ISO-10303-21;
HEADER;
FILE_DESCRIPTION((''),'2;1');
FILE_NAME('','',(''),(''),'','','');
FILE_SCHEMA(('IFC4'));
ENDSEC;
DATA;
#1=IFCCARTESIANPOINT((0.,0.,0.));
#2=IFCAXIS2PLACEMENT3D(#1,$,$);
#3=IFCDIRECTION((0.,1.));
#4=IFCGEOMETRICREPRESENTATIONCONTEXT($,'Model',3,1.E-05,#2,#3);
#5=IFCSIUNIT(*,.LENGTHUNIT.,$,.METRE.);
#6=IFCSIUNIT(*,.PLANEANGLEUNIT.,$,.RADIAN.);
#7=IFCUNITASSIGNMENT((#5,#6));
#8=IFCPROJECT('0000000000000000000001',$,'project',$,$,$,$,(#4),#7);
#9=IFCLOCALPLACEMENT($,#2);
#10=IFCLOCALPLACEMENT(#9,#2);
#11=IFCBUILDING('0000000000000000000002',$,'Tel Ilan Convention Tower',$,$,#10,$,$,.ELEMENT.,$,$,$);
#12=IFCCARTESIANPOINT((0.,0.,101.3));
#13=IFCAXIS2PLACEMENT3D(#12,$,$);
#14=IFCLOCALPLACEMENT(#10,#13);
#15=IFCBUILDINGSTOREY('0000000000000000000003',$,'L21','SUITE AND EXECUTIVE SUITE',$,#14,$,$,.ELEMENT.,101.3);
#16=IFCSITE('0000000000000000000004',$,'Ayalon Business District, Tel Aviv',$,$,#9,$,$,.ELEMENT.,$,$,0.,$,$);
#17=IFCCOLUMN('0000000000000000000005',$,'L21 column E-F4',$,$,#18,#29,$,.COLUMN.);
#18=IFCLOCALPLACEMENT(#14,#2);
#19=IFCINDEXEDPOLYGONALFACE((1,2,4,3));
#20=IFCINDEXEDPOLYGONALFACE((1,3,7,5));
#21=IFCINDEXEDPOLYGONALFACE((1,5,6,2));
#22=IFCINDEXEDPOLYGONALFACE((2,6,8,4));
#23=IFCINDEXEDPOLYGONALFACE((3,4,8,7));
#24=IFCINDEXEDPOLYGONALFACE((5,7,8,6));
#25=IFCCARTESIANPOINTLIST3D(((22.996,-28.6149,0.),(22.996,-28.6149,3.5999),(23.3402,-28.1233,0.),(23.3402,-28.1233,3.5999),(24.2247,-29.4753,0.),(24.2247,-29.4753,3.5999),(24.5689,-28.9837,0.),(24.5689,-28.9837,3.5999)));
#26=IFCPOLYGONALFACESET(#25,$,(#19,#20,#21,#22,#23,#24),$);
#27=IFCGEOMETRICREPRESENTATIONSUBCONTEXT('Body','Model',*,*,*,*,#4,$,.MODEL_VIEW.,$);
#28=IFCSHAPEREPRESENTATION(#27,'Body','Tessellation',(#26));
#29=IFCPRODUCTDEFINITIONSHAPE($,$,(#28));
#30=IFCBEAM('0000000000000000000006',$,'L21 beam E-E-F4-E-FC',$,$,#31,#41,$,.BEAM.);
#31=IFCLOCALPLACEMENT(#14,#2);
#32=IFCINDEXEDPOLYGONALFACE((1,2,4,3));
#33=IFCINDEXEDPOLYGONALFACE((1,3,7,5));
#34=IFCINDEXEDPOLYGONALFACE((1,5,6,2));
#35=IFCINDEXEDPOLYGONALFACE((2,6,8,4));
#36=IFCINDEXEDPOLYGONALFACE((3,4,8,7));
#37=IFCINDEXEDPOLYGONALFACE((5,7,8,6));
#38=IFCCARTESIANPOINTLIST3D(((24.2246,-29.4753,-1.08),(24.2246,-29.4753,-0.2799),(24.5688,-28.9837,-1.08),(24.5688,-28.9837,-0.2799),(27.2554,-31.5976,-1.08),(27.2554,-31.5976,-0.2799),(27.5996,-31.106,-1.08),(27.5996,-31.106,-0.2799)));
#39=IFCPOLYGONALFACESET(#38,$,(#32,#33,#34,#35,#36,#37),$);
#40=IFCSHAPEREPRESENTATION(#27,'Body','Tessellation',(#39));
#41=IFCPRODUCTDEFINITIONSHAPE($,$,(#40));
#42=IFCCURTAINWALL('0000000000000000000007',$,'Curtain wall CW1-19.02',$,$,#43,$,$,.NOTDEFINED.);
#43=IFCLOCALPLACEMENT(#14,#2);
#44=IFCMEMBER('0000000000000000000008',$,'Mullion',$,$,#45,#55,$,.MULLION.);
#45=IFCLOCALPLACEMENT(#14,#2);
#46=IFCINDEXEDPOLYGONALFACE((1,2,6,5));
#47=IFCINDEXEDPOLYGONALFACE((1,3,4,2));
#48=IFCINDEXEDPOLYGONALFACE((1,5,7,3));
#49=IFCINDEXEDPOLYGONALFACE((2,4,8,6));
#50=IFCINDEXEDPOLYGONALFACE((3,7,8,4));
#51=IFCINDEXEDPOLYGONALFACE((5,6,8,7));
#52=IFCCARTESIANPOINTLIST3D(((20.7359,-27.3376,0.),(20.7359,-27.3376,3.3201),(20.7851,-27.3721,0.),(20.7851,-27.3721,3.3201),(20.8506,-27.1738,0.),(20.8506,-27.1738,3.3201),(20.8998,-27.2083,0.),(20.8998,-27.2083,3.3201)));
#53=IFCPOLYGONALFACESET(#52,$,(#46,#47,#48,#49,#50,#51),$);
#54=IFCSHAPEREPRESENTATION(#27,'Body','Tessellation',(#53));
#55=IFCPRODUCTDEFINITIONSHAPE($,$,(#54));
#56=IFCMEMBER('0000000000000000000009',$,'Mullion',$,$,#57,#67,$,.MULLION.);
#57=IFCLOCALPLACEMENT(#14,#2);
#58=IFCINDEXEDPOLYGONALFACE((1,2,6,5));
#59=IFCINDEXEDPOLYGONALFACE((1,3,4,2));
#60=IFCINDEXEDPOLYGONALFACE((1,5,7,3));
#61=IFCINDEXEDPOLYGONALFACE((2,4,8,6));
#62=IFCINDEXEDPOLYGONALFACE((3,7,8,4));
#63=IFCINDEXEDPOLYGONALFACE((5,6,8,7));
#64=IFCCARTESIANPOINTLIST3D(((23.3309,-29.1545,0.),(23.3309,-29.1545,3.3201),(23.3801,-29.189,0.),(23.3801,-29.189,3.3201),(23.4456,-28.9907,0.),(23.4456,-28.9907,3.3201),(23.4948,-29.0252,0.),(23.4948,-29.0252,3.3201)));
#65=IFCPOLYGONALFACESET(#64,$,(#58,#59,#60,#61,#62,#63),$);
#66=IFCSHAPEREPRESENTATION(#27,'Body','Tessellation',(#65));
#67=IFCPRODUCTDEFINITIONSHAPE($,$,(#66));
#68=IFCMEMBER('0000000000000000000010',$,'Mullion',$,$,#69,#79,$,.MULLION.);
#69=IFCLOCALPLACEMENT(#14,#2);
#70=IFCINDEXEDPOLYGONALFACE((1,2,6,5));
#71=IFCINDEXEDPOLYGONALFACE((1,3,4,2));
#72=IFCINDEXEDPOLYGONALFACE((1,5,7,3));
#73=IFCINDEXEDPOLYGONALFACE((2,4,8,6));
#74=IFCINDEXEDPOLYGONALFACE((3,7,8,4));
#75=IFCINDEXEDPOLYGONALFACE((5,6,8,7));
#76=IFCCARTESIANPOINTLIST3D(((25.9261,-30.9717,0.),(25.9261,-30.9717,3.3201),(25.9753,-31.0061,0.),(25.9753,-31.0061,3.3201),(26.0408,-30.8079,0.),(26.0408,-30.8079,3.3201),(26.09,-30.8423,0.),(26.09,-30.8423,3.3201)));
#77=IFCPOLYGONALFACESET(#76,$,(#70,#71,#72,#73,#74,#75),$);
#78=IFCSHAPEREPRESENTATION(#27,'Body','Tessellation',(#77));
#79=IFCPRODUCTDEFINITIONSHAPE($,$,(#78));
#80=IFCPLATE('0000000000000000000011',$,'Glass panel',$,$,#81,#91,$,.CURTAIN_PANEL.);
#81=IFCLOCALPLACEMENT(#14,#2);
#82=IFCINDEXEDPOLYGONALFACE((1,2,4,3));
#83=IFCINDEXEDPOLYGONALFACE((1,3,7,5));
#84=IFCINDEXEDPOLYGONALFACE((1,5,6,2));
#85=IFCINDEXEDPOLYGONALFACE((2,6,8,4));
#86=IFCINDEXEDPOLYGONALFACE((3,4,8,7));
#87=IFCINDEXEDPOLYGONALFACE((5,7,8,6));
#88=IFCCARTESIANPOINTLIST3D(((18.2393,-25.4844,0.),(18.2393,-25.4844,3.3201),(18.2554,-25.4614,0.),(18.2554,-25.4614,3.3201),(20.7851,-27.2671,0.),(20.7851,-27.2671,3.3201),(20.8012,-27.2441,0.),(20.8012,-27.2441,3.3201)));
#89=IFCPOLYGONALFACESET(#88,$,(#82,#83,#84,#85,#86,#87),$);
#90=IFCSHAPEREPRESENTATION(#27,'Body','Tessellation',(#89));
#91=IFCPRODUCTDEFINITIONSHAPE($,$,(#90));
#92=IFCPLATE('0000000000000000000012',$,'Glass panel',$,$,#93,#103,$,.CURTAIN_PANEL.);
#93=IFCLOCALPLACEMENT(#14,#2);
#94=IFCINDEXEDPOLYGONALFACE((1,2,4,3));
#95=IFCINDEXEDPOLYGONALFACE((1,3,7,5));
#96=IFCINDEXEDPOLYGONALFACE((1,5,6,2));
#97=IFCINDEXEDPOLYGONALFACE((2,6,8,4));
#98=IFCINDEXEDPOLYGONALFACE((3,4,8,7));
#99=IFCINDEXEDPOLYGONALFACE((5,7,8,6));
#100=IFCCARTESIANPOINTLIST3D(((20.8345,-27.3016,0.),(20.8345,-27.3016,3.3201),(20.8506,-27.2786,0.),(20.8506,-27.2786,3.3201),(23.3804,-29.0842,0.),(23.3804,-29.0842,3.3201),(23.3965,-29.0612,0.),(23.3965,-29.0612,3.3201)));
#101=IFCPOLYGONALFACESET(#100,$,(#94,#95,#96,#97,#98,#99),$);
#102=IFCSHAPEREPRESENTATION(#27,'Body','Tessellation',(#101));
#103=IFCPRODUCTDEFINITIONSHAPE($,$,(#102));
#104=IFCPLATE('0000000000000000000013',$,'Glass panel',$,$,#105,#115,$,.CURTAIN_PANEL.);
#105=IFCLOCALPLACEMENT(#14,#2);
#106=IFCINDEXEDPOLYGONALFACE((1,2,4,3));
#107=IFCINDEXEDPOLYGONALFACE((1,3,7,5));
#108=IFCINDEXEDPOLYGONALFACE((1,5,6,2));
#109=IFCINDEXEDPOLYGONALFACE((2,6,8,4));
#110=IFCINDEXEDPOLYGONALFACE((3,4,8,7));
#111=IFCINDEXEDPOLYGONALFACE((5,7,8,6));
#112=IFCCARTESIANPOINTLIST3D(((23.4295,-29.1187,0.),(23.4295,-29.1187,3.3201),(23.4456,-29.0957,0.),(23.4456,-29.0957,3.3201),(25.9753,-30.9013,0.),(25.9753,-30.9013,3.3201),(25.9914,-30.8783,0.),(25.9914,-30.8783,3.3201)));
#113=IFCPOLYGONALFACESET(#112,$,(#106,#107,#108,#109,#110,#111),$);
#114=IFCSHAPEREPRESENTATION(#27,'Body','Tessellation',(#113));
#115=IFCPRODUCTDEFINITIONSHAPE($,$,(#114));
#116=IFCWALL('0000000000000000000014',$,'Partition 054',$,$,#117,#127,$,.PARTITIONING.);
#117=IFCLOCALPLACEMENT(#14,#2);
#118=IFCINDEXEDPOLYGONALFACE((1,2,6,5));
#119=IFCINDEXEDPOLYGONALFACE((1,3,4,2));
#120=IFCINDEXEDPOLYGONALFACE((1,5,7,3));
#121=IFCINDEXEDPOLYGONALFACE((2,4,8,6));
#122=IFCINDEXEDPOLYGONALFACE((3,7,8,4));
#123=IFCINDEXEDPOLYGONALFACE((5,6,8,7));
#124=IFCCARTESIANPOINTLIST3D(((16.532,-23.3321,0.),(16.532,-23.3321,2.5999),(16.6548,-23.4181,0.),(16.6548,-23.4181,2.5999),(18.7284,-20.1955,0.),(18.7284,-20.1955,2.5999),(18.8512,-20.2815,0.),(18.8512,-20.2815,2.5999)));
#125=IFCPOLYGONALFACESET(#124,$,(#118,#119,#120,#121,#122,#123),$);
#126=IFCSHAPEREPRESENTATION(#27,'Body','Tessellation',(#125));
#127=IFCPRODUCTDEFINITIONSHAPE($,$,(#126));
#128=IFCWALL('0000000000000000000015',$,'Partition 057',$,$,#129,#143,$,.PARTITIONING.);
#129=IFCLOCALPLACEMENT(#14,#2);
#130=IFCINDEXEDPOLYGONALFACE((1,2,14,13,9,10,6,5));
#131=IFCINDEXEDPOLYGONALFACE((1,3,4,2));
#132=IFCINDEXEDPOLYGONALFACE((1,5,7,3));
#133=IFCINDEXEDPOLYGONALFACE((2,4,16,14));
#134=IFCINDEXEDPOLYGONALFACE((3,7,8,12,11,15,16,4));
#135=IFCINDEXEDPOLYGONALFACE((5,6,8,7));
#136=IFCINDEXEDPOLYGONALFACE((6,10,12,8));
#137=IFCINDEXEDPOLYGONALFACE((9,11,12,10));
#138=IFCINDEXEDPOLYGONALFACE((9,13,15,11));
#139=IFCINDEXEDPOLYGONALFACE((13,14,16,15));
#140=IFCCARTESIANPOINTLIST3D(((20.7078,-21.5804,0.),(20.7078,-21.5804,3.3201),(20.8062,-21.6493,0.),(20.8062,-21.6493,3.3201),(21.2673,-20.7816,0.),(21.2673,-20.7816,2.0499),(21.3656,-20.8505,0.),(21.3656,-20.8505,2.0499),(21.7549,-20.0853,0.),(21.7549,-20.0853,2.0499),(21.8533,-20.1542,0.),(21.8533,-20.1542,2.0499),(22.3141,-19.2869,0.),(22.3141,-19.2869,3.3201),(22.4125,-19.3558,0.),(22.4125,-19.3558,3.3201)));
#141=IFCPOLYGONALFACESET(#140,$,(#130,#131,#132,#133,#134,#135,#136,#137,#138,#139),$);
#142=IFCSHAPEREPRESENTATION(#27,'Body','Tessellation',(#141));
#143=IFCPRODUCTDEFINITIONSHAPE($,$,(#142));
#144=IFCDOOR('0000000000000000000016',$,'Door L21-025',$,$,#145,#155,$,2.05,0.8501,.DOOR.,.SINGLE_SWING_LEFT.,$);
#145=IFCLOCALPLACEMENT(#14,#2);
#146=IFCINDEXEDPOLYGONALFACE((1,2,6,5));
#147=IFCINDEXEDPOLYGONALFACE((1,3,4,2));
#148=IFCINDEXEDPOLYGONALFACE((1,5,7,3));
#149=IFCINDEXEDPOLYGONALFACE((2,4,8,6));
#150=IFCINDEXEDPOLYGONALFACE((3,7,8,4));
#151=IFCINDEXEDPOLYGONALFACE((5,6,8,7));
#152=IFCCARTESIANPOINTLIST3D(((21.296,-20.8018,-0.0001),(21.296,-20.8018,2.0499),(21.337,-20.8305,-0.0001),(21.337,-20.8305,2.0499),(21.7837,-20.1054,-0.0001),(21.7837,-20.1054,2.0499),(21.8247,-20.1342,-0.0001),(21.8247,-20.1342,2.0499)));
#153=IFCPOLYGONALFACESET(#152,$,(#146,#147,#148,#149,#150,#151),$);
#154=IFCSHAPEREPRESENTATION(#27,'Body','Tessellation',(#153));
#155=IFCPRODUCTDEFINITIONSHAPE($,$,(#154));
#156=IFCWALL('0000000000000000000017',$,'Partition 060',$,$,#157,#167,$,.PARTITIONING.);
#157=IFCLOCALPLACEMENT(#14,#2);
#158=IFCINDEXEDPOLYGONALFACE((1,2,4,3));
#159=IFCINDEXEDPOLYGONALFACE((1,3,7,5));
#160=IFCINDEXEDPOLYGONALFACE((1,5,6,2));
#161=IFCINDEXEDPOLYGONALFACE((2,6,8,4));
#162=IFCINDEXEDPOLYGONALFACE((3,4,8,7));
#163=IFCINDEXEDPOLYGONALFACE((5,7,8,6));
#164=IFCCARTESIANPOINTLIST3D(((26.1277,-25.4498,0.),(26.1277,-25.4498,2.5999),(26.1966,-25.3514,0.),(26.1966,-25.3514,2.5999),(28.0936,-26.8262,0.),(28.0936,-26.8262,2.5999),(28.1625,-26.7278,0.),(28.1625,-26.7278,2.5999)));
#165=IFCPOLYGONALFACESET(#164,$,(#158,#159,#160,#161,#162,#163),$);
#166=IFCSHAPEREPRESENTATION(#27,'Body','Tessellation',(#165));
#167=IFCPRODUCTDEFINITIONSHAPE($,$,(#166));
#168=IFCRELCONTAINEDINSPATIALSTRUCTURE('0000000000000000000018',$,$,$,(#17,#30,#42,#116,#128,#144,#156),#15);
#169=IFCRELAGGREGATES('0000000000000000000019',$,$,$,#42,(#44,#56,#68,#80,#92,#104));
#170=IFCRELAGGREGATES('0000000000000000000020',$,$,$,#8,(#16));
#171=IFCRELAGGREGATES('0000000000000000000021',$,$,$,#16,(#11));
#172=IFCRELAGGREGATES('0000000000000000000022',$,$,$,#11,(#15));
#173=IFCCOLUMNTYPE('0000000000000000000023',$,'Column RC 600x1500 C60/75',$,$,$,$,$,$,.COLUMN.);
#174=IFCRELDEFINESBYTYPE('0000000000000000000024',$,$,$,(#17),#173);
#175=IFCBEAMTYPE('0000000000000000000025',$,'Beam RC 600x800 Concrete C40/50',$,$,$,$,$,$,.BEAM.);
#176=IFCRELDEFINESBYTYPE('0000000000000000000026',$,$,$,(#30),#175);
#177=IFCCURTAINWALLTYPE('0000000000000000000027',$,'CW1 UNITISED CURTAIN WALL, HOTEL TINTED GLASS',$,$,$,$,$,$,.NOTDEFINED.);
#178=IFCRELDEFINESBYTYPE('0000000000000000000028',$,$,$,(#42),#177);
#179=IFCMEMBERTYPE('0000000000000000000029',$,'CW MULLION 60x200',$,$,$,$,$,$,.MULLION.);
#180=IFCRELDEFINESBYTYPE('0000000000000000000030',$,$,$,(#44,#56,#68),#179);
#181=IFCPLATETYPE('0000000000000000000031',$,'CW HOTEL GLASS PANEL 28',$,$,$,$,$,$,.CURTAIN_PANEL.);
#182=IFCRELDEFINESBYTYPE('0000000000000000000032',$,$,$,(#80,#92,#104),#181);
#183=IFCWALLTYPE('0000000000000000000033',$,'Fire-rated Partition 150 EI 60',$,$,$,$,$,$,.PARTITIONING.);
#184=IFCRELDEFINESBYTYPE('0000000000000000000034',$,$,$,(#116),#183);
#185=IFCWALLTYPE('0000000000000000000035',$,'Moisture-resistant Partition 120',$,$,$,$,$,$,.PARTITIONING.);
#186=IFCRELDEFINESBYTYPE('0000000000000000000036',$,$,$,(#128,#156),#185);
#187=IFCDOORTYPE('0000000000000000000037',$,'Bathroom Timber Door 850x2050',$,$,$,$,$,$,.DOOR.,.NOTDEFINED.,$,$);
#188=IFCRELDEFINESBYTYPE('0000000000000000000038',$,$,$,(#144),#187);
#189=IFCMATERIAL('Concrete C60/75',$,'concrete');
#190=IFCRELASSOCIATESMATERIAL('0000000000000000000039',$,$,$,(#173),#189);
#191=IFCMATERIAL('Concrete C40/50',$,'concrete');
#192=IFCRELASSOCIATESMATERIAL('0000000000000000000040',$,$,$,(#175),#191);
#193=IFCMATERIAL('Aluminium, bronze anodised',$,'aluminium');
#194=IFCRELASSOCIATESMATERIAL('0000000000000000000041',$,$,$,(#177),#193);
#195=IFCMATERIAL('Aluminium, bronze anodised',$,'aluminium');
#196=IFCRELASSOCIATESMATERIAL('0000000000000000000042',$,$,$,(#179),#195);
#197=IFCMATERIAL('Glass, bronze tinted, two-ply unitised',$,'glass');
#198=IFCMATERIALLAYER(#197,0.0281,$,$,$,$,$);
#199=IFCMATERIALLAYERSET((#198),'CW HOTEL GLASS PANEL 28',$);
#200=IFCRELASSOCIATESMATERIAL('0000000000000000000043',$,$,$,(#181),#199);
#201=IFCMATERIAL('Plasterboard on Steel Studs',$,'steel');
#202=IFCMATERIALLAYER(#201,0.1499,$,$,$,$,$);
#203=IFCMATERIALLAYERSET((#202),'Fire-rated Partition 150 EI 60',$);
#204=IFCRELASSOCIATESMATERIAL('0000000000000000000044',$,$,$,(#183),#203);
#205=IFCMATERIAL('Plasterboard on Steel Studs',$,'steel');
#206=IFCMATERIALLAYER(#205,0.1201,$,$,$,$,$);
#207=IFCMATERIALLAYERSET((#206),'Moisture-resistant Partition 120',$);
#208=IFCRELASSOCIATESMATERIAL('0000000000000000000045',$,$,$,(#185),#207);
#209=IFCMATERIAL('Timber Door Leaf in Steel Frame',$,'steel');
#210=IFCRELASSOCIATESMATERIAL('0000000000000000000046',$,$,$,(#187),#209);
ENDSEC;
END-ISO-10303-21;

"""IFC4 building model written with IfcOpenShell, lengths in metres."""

from ifc_helpers import new_model, si_unit, direction, frame, frame_2d, origin, origin_2d, place, context, subcontext, project, spatial, rectangle, extrude, material, layer, layer_set, material_profile, profile_set, type_object, element, fill, aggregate, save


model = new_model("IFC4")

# Units and contexts
model_context = context("Model", 3, precision=1e-05, world=origin(), true_north=direction((0.0, 1.0)))
body_context = subcontext(model_context, "Body", "Model", "MODEL_VIEW")
ifc_project = project(units=[si_unit("LENGTHUNIT", "METRE"), si_unit("PLANEANGLEUNIT", "RADIAN")], contexts=[model_context])

# Site, building, storey
site_placement = place(None, origin())
site = spatial("IfcSite", under=ifc_project, at=site_placement, Name="Ayalon Business District, Tel Aviv", CompositionType="ELEMENT", RefElevation=0.0)
building_placement = place(site_placement, origin())
building = spatial("IfcBuilding", under=site, at=building_placement, Name="Tel Ilan Convention Tower", CompositionType="ELEMENT")
storey_placement = place(building_placement, frame((0.0, 0.0, 101.3)))
storey = spatial("IfcBuildingStorey", under=building, at=storey_placement, Name="L21", Description="SUITE AND EXECUTIVE SUITE", CompositionType="ELEMENT", Elevation=101.3)

# Column
ifc_material_1 = material(Name="Concrete C60/75", Category="concrete")
ifc_material_profile_1 = material_profile(ifc_material_1, rectangle(XDim=1.5, YDim=0.6001, at=origin_2d()), Name="RC 600x1500")
ifc_profile_set_1 = profile_set([ifc_material_profile_1], Name="Concrete C60/75")
column_type = type_object("IfcColumnType", Name="Column RC 600x1500 C60/75", PredefinedType="COLUMN", material=ifc_profile_set_1)
column_placement = place(storey_placement, frame((23.7825, -28.7993, 0.0), z_axis=(0.0, 0.0, 1.0), x_axis=(0.819152, -0.573576, 0.0)))
element("IfcColumn", 1, at=column_placement, inside=storey, type_object=column_type, Name="L21 column E-F4", PredefinedType="COLUMN", context=body_context, shape_type="SweptSolid", body=[
    extrude(rectangle(XDim=1.5, YDim=0.6001, at=origin_2d()), origin(), (0.0, 0.0, 1.0), 3.5999),
])

# Beam
ifc_material_2 = material(Name="Concrete C40/50", Category="concrete")
ifc_material_profile_2 = material_profile(ifc_material_2, rectangle(XDim=0.6001, YDim=0.8, at=origin_2d()), Name="RC 600x800")
ifc_profile_set_2 = profile_set([ifc_material_profile_2], Name="Concrete C40/50")
beam_type = type_object("IfcBeamType", Name="Beam RC 600x800 Concrete C40/50", PredefinedType="BEAM", material=ifc_profile_set_2)
beam_placement = place(storey_placement, frame((24.3967, -29.2295, -0.6799), z_axis=(0.819133, -0.573604, 0.0), x_axis=(0.573604, 0.819133, 0.0)))
element("IfcBeam", 2, at=beam_placement, inside=storey, type_object=beam_type, Name="L21 beam E-E-F4-E-FC", PredefinedType="BEAM", context=body_context, shape_type="SweptSolid", body=[
    extrude(rectangle(XDim=0.6001, YDim=0.8, at=origin_2d()), origin(), (0.0, 0.0, 1.0), 3.7),
])

# Curtain wall, members, plates
ifc_material_3 = material(Name="Aluminium, bronze anodised", Category="aluminium")
curtain_wall_type = type_object("IfcCurtainWallType", Name="CW1 UNITISED CURTAIN WALL, HOTEL TINTED GLASS", PredefinedType="NOTDEFINED", material=ifc_material_3)
curtain_wall_placement = place(storey_placement, origin())
curtain_wall = element("IfcCurtainWall", 3, at=curtain_wall_placement, inside=storey, type_object=curtain_wall_type, Name="Curtain wall CW1-19.02", PredefinedType="NOTDEFINED")
ifc_material_4 = material(Name="Aluminium, bronze anodised", Category="aluminium")
ifc_material_profile_3 = material_profile(ifc_material_4, rectangle(XDim=0.0601, YDim=0.2, at=origin_2d()), Name="CW MULLION 60x200")
ifc_profile_set_3 = profile_set([ifc_material_profile_3], Name="Aluminium, bronze anodised")
member_type = type_object("IfcMemberType", Name="CW MULLION 60x200", PredefinedType="MULLION", material=ifc_profile_set_3)
member_1_placement = place(storey_placement, frame((20.8179, -27.2729, 0.0), z_axis=(0.0, 0.0, 1.0), x_axis=(0.819152, -0.573576, 0.0)))
member_1 = element("IfcMember", 4, at=member_1_placement, type_object=member_type, Name="Mullion", PredefinedType="MULLION", context=body_context, shape_type="SweptSolid", body=[
    extrude(rectangle(XDim=0.0601, YDim=0.2, at=origin_2d()), origin(), (0.0, 0.0, 1.0), 3.3201),
])
member_2_placement = place(storey_placement, frame((23.4128, -29.0898, 0.0), z_axis=(0.0, 0.0, 1.0), x_axis=(0.819152, -0.573576, 0.0)))
member_2 = element("IfcMember", 5, at=member_2_placement, type_object=member_type, Name="Mullion", PredefinedType="MULLION", context=body_context, shape_type="SweptSolid", body=[
    extrude(rectangle(XDim=0.0601, YDim=0.2, at=origin_2d()), origin(), (0.0, 0.0, 1.0), 3.3201),
])
member_3_placement = place(storey_placement, frame((26.0081, -30.907, 0.0), z_axis=(0.0, 0.0, 1.0), x_axis=(0.819152, -0.573576, 0.0)))
member_3 = element("IfcMember", 6, at=member_3_placement, type_object=member_type, Name="Mullion", PredefinedType="MULLION", context=body_context, shape_type="SweptSolid", body=[
    extrude(rectangle(XDim=0.0601, YDim=0.2, at=origin_2d()), origin(), (0.0, 0.0, 1.0), 3.3201),
])
ifc_material_5 = material(Name="Glass, bronze tinted, two-ply unitised", Category="glass")
ifc_layer_1 = layer(ifc_material_5, 0.0281)
ifc_layer_set_1 = layer_set([ifc_layer_1], Name="CW HOTEL GLASS PANEL 28")
plate_type = type_object("IfcPlateType", Name="CW HOTEL GLASS PANEL 28", PredefinedType="CURTAIN_PANEL", material=ifc_layer_set_1)
plate_1_placement = place(storey_placement, frame((19.5203, -26.3643, 0.0), z_axis=(0.0, 0.0, 1.0), x_axis=(0.819152, -0.573576, 0.0)))
plate_1 = element("IfcPlate", 7, at=plate_1_placement, type_object=plate_type, Name="Glass panel", PredefinedType="CURTAIN_PANEL", context=body_context, shape_type="SweptSolid", body=[
    extrude(rectangle(XDim=3.1079, YDim=0.0281, at=origin_2d()), origin(), (0.0, 0.0, 1.0), 3.3201),
])
plate_2_placement = place(storey_placement, frame((22.1155, -28.1814, 0.0), z_axis=(0.0, 0.0, 1.0), x_axis=(0.819152, -0.573576, 0.0)))
plate_2 = element("IfcPlate", 8, at=plate_2_placement, type_object=plate_type, Name="Glass panel", PredefinedType="CURTAIN_PANEL", context=body_context, shape_type="SweptSolid", body=[
    extrude(rectangle(XDim=3.1079, YDim=0.0281, at=origin_2d()), origin(), (0.0, 0.0, 1.0), 3.3201),
])
plate_3_placement = place(storey_placement, frame((24.7104, -29.9985, 0.0), z_axis=(0.0, 0.0, 1.0), x_axis=(0.819152, -0.573576, 0.0)))
plate_3 = element("IfcPlate", 9, at=plate_3_placement, type_object=plate_type, Name="Glass panel", PredefinedType="CURTAIN_PANEL", context=body_context, shape_type="SweptSolid", body=[
    extrude(rectangle(XDim=3.1079, YDim=0.0281, at=origin_2d()), origin(), (0.0, 0.0, 1.0), 3.3201),
])
aggregate(curtain_wall, [member_1, member_2, member_3, plate_1, plate_2, plate_3])

# Wall
ifc_material_6 = material(Name="Plasterboard on Steel Studs", Category="steel")
ifc_layer_2 = layer(ifc_material_6, 0.1499)
ifc_layer_set_2 = layer_set([ifc_layer_2], Name="Fire-rated Partition 150 EI 60")
wall_type_1 = type_object("IfcWallType", Name="Fire-rated Partition 150 EI 60", PredefinedType="PARTITIONING", material=ifc_layer_set_2)
wall_1_placement = place(storey_placement, frame((18.7898, -20.2385, 0.0), z_axis=(0.0, 0.0, 1.0), x_axis=(-0.573595, -0.819139, 0.0)))
element("IfcWall", 10, at=wall_1_placement, inside=storey, type_object=wall_type_1, Name="Partition 054", PredefinedType="PARTITIONING", context=body_context, shape_type="SweptSolid", body=[
    extrude(rectangle(XDim=3.8291, YDim=0.1499, at=frame_2d((1.9146, 0.0))), origin(), (0.0, 0.0, 1.0), 2.5999),
])

# Wall, opening, door
ifc_material_7 = material(Name="Plasterboard on Steel Studs", Category="steel")
ifc_layer_3 = layer(ifc_material_7, 0.1201)
ifc_layer_set_3 = layer_set([ifc_layer_3], Name="Moisture-resistant Partition 120")
wall_type_2 = type_object("IfcWallType", Name="Moisture-resistant Partition 120", PredefinedType="PARTITIONING", material=ifc_layer_set_3)
wall_2_placement = place(storey_placement, frame((20.7571, -21.6147, 0.0), z_axis=(0.0, 0.0, 1.0), x_axis=(0.57365, 0.819101, 0.0)))
wall_2 = element("IfcWall", 11, at=wall_2_placement, inside=storey, type_object=wall_type_2, Name="Partition 057", PredefinedType="PARTITIONING", context=body_context, shape_type="SweptSolid", body=[
    extrude(rectangle(XDim=2.8, YDim=0.1201, at=frame_2d((1.3999, 0.0))), origin(), (0.0, 0.0, 1.0), 3.3201),
])
opening_placement = place(wall_2_placement, frame((0.9751, 0.0, 0.0)))
opening = element("IfcOpeningElement", 12, at=opening_placement, cuts=wall_2, PredefinedType="OPENING", context=body_context, shape_type="SweptSolid", body=[
    extrude(rectangle(XDim=0.8501, YDim=2.05, at=frame_2d((0.425, 1.0249))), frame((0.0, 0.0701, 0.0), z_axis=(0.0, -1.0, 0.0), x_axis=(1.0, 0.0, 0.0)), (0.0, 0.0, 1.0), 0.1401),
])
ifc_material_8 = material(Name="Timber Door Leaf in Steel Frame", Category="steel")
door_type = type_object("IfcDoorType", Name="Bathroom Timber Door 850x2050", OperationType="NOTDEFINED", PredefinedType="DOOR", material=ifc_material_8)
door_placement = place(opening_placement, origin())
door = element("IfcDoor", 13, at=door_placement, inside=storey, type_object=door_type, Name="Door L21-025", OperationType="SINGLE_SWING_LEFT", OverallHeight=2.05, OverallWidth=0.8501, PredefinedType="DOOR", context=body_context, shape_type="SweptSolid", body=[
    extrude(rectangle(XDim=0.8501, YDim=2.05, at=frame_2d((0.425, 1.0249))), frame((0.0, 0.0249, 0.0), z_axis=(0.0, -1.0, 0.0), x_axis=(1.0, 0.0, 0.0)), (0.0, 0.0, 1.0), 0.05),
])
fill(opening, door)

# Wall
wall_3_placement = place(storey_placement, frame((26.1621, -25.4006, 0.0), z_axis=(0.0, 0.0, 1.0), x_axis=(0.819189, -0.573524, 0.0)))
element("IfcWall", 14, at=wall_3_placement, inside=storey, type_object=wall_type_2, Name="Partition 060", PredefinedType="PARTITIONING", context=body_context, shape_type="SweptSolid", body=[
    extrude(rectangle(XDim=2.3999, YDim=0.1201, at=frame_2d((1.2, 0.0))), origin(), (0.0, 0.0, 1.0), 2.5999),
])

save(model, "model.ifc")
